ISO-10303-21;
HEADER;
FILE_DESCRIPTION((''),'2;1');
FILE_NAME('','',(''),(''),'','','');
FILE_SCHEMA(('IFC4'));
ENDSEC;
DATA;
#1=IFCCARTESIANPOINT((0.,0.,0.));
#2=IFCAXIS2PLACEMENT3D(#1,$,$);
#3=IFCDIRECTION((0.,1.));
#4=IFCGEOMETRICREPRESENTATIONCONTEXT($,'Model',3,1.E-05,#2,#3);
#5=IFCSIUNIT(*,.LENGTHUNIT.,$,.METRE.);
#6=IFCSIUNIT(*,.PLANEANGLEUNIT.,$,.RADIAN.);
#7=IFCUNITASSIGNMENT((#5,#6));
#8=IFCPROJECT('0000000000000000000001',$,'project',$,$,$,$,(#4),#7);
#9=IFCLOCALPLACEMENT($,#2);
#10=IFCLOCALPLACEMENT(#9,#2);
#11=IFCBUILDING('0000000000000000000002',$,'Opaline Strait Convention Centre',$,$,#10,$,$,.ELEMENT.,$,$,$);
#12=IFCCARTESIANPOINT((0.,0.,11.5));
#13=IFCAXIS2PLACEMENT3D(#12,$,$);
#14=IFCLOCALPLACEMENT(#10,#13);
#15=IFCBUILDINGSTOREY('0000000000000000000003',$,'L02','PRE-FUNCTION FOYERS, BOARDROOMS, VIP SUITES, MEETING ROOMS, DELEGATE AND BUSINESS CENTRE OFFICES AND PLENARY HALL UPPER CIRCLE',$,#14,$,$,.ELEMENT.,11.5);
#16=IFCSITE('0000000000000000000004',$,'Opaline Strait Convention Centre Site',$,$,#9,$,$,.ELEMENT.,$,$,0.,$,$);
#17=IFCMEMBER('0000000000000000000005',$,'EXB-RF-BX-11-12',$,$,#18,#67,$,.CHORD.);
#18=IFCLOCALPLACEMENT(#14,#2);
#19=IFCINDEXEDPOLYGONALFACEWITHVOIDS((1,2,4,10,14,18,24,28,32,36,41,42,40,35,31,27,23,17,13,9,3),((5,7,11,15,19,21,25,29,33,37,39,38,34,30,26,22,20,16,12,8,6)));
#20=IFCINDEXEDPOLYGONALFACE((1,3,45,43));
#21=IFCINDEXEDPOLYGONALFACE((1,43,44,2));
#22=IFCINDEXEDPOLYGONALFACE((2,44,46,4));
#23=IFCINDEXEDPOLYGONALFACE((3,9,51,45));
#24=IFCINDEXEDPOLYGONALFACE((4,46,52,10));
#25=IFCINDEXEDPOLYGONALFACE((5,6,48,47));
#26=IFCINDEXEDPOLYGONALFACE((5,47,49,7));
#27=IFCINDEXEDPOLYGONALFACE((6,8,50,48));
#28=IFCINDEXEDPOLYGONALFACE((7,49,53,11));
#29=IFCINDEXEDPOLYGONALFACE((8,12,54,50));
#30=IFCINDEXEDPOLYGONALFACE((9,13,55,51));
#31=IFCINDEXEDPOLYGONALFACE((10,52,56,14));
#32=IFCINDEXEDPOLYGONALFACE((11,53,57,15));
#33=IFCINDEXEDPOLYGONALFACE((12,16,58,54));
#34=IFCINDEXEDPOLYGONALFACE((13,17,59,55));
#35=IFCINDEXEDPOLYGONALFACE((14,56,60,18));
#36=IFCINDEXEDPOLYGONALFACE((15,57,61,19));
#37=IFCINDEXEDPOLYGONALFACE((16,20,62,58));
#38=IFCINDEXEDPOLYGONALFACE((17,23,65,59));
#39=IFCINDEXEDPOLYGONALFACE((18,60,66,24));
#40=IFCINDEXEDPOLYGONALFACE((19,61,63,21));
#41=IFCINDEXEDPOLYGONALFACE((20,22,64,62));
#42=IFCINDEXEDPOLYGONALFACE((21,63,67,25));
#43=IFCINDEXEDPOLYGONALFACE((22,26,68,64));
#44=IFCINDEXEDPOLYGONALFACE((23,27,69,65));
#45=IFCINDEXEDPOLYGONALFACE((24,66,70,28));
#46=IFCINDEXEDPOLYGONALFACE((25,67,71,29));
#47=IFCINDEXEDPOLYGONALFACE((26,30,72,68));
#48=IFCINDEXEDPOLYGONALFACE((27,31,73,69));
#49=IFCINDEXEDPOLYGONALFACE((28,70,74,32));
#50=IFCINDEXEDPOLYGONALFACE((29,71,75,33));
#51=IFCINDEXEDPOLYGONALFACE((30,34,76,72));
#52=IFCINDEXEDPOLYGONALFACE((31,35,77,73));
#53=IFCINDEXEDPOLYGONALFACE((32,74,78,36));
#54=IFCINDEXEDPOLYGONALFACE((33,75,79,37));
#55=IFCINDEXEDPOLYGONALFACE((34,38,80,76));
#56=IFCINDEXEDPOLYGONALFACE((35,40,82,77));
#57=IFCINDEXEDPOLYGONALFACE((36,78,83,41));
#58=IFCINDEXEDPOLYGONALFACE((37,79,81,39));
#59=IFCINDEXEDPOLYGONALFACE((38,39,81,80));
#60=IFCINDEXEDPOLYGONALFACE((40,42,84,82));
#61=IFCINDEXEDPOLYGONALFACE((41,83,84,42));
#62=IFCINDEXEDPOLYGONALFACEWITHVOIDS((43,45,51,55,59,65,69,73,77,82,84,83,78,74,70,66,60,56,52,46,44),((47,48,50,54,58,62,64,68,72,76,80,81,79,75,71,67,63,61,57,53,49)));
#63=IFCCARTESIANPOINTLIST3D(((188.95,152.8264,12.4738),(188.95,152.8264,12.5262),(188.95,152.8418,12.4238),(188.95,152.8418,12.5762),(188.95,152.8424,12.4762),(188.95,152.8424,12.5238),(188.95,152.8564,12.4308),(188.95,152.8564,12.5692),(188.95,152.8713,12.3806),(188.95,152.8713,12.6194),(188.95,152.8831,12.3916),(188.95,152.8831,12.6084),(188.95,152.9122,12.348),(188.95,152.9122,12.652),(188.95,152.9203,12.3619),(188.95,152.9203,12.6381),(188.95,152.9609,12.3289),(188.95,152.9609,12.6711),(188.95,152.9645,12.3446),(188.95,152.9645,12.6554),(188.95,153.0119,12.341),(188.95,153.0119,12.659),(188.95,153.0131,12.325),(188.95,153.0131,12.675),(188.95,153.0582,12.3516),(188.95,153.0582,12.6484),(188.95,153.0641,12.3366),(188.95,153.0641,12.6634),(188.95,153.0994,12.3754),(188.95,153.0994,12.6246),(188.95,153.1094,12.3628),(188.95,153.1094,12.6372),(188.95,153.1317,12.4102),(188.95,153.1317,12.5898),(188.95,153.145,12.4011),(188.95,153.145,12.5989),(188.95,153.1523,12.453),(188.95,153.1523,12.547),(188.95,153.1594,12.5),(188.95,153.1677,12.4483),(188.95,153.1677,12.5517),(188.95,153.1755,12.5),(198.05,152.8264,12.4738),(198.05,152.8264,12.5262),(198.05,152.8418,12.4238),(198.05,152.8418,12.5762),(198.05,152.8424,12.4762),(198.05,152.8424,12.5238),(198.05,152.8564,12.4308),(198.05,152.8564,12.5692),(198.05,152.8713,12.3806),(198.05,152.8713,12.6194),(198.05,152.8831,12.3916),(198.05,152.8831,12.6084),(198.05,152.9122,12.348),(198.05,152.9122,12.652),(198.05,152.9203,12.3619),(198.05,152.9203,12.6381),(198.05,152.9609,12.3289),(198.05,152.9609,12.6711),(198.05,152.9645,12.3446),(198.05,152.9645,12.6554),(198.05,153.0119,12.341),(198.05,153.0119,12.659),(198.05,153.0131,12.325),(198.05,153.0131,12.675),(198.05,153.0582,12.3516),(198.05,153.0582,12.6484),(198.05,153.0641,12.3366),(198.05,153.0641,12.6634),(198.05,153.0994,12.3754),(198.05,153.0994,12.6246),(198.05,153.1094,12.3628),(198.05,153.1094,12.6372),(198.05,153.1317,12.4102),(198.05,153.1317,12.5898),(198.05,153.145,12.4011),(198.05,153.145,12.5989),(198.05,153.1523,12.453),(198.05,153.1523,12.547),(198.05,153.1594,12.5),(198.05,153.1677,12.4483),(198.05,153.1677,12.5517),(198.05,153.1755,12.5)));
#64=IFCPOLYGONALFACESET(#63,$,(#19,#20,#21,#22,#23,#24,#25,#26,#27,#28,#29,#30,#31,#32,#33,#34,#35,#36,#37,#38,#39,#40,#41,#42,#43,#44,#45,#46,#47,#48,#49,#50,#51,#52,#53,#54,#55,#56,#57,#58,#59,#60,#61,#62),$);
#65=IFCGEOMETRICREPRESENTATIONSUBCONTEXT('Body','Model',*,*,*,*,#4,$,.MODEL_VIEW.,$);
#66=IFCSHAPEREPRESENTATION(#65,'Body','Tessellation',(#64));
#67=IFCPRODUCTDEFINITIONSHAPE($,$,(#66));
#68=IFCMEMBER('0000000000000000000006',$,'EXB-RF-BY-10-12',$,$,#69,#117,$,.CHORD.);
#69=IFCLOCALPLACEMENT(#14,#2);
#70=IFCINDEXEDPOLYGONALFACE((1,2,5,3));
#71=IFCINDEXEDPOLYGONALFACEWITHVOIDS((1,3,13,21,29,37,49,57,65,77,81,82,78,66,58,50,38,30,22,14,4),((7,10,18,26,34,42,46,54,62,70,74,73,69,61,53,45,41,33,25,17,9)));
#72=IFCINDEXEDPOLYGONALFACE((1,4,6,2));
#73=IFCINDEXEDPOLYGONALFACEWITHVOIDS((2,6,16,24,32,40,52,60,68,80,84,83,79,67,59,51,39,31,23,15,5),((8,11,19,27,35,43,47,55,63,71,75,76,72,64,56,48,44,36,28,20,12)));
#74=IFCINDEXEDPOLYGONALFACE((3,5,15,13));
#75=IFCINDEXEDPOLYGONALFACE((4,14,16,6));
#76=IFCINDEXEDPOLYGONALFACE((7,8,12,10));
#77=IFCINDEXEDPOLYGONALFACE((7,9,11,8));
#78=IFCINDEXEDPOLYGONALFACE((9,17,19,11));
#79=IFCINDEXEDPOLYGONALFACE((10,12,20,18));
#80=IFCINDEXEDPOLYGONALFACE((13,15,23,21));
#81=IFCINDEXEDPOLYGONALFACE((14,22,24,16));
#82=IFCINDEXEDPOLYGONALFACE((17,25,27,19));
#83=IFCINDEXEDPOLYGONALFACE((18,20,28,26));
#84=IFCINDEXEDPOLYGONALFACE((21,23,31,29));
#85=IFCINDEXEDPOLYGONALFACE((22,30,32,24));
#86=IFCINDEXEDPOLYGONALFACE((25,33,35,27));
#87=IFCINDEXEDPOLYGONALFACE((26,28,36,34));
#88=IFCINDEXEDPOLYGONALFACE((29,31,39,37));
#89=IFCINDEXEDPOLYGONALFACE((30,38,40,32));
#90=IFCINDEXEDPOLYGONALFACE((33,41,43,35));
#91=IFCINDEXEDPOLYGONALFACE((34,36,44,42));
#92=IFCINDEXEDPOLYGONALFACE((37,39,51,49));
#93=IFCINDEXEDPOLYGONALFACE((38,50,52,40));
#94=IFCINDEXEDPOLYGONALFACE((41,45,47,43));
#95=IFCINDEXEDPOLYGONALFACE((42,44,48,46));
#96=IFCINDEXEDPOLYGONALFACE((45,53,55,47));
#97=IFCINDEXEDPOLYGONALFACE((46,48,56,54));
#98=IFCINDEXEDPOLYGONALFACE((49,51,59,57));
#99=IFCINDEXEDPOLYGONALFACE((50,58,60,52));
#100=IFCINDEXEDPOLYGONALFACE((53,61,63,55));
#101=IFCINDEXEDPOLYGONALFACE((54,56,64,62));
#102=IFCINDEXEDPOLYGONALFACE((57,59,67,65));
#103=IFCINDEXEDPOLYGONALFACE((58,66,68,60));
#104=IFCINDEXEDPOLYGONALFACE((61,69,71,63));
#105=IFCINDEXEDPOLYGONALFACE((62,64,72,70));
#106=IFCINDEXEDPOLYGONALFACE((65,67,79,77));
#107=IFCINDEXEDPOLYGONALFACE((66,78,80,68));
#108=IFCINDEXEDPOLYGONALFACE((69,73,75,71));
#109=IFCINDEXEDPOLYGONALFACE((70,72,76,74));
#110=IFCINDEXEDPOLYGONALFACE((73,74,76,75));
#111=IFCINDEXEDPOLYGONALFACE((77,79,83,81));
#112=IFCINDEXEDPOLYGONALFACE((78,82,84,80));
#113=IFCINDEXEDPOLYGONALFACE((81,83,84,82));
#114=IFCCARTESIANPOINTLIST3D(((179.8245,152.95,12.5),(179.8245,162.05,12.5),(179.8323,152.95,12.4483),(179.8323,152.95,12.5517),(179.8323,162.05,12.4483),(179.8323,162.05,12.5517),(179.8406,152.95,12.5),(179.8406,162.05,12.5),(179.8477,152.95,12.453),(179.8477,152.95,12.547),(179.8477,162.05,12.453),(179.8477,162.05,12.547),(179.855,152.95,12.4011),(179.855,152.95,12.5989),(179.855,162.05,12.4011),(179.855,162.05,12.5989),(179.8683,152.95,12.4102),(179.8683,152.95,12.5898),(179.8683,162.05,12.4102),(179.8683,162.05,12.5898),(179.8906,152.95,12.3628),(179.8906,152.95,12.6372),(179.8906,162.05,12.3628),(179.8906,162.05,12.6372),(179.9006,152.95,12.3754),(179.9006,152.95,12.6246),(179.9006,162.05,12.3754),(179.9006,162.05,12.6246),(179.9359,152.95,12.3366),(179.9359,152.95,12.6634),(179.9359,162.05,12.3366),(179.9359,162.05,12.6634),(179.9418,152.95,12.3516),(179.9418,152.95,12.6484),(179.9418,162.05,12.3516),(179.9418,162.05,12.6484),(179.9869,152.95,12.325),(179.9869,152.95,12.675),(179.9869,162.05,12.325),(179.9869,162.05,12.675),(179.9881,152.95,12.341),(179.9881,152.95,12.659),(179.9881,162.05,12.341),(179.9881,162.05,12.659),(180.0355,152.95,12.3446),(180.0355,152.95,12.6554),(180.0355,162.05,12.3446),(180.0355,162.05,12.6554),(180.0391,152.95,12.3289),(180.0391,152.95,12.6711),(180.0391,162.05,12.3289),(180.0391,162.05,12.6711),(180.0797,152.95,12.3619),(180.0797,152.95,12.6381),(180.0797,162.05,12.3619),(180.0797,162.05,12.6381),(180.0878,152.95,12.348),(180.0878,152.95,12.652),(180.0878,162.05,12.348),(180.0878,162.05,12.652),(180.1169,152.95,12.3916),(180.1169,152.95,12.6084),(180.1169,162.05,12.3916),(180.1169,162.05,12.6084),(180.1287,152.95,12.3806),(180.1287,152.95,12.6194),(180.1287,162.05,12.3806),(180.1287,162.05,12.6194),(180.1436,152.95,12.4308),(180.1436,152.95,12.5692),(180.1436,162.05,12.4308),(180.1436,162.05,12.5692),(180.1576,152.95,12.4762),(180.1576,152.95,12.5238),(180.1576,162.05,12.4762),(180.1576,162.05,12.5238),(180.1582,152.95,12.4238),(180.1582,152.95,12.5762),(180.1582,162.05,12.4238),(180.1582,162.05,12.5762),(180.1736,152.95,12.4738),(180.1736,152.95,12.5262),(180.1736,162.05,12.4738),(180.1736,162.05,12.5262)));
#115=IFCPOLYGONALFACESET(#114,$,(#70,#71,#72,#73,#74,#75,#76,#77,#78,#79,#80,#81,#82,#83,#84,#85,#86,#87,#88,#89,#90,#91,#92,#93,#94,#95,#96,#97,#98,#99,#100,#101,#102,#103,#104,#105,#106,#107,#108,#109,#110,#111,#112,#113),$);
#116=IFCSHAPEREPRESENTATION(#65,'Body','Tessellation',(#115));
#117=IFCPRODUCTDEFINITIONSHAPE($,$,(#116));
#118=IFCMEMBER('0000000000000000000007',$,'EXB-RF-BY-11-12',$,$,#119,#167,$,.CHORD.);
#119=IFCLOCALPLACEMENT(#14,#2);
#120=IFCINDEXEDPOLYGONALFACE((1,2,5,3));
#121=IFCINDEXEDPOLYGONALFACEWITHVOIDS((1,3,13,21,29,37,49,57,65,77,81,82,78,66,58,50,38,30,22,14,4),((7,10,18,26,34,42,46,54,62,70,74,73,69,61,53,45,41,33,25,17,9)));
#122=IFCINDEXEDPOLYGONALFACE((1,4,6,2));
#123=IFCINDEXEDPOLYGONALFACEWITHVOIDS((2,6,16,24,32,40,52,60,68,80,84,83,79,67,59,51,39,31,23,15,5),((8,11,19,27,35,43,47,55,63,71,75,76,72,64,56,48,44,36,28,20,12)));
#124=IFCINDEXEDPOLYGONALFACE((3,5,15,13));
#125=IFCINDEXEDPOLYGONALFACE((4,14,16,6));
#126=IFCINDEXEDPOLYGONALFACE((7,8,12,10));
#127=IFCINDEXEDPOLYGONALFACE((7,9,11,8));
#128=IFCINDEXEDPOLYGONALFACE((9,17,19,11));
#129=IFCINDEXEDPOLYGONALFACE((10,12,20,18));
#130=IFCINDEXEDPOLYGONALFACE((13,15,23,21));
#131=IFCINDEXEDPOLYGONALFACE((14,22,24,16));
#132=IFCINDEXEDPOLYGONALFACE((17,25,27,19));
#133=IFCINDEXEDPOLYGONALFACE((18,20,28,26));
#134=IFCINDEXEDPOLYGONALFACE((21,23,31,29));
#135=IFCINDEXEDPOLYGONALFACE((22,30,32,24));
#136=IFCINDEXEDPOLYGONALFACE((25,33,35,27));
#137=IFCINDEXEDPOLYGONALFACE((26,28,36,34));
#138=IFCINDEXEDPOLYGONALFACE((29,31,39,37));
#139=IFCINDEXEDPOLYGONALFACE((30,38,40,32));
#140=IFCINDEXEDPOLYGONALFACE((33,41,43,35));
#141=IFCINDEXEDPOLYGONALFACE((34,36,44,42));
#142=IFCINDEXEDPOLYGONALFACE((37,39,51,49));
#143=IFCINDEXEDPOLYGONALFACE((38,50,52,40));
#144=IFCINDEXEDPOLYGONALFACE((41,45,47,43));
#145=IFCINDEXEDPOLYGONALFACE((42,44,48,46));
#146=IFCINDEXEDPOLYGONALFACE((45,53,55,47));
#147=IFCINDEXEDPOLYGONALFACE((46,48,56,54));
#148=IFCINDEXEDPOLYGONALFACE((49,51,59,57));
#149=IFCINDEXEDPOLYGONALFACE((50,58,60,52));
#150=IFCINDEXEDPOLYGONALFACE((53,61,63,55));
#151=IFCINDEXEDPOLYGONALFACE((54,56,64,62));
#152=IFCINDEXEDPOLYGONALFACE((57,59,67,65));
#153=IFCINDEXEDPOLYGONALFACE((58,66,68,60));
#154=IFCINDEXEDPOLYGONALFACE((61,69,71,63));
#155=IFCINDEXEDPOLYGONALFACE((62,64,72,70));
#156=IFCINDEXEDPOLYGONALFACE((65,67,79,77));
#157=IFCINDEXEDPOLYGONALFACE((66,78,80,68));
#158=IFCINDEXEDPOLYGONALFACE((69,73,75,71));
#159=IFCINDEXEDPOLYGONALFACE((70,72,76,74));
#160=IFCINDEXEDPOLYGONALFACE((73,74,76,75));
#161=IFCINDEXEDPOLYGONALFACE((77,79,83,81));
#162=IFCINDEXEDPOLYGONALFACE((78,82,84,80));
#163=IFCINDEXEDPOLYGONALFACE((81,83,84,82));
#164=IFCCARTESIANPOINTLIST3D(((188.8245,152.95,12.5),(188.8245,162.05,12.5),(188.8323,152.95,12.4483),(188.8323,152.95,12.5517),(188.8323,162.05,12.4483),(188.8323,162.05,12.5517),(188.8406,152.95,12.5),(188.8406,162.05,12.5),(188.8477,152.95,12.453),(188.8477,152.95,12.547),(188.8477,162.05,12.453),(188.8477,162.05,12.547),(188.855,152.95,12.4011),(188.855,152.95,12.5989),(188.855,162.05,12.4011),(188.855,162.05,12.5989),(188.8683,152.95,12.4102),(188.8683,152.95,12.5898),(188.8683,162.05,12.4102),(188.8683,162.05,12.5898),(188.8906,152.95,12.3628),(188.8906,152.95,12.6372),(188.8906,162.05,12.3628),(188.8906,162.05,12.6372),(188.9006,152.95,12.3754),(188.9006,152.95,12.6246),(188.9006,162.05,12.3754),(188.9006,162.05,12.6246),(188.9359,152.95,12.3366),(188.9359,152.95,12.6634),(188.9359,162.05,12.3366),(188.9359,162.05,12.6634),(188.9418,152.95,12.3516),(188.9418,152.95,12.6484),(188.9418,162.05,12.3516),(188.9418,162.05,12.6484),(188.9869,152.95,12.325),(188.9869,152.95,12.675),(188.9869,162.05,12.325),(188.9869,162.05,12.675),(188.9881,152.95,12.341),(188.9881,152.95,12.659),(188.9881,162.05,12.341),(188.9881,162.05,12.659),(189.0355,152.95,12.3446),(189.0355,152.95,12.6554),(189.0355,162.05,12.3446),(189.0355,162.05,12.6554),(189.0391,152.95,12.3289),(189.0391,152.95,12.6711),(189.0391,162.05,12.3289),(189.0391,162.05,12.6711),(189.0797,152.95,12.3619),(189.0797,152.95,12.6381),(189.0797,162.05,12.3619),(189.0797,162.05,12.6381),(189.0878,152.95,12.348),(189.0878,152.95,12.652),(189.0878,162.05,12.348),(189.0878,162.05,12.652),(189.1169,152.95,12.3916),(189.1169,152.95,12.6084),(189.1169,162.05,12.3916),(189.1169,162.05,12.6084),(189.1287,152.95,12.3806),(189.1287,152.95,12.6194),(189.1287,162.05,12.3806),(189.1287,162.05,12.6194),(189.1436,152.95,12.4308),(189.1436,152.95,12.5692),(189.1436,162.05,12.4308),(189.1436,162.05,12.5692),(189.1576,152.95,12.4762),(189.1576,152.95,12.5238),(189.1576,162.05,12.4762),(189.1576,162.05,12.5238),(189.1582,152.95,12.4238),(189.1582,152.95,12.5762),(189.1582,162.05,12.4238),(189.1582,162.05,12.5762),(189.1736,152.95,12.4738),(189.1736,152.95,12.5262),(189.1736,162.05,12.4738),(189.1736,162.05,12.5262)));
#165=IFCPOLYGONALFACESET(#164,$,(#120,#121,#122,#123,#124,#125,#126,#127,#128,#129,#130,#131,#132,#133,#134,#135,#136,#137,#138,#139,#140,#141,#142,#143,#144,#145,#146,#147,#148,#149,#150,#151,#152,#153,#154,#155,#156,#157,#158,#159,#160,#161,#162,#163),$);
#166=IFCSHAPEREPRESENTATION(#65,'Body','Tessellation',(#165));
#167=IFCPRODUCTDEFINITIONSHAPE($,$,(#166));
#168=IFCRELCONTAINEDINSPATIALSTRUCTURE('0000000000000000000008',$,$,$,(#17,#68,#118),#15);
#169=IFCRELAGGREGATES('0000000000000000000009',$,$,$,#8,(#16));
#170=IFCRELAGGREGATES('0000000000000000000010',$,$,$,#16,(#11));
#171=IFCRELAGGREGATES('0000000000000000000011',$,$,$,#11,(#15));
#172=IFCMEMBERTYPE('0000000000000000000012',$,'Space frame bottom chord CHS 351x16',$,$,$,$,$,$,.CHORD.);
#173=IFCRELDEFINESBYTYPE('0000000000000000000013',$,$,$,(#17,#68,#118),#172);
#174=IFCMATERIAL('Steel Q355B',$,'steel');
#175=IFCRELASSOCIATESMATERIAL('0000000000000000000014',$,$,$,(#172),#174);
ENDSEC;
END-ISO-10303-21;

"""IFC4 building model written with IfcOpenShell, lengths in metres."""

from ifc_helpers import new_model, si_unit, direction, frame, origin, origin_2d, place, context, subcontext, project, spatial, hollow_circle, extrude, material, material_profile, profile_set, type_object, element, save


model = new_model("IFC4")

# Units and contexts
model_context = context("Model", 3, precision=1e-05, world=origin(), true_north=direction((0.0, 1.0)))
body_context = subcontext(model_context, "Body", "Model", "MODEL_VIEW")
ifc_project = project(units=[si_unit("LENGTHUNIT", "METRE"), si_unit("PLANEANGLEUNIT", "RADIAN")], contexts=[model_context])

# Site, building, storey
site_placement = place(None, origin())
site = spatial("IfcSite", under=ifc_project, at=site_placement, Name="Opaline Strait Convention Centre Site", CompositionType="ELEMENT", RefElevation=0.0)
building_placement = place(site_placement, origin())
building = spatial("IfcBuilding", under=site, at=building_placement, Name="Opaline Strait Convention Centre", CompositionType="ELEMENT")
storey_placement = place(building_placement, frame((0.0, 0.0, 11.5)))
storey = spatial("IfcBuildingStorey", under=building, at=storey_placement, Name="L02", Description="PRE-FUNCTION FOYERS, BOARDROOMS, VIP SUITES, MEETING ROOMS, DELEGATE AND BUSINESS CENTRE OFFICES AND PLENARY HALL UPPER CIRCLE", CompositionType="ELEMENT", Elevation=11.5)

# Shared definitions
ifc_material_1 = material(Name="Steel Q355B", Category="steel")

# Members
ifc_material_profile_1 = material_profile(ifc_material_1, hollow_circle(Radius=0.1755, WallThickness=0.0161, at=origin_2d()), Name="CHS 351x16")
ifc_profile_set_1 = profile_set([ifc_material_profile_1], Name="Steel Q355B")
member_type_1 = type_object("IfcMemberType", Name="Space frame bottom chord CHS 351x16", PredefinedType="CHORD", material=ifc_profile_set_1)
for number, where, z_axis, x_axis, name in (
    (1, (188.95, 153.0, 12.5), (1.0, 0.0, 0.0), (0.0, 1.0, 0.0), "EXB-RF-BX-11-12"),
    (2, (180.0, 152.95, 12.5), (0.0, 1.0, 0.0), (-1.0, 0.0, 0.0), "EXB-RF-BY-10-12"),
    (3, (189.0, 152.95, 12.5), (0.0, 1.0, 0.0), (-1.0, 0.0, 0.0), "EXB-RF-BY-11-12"),
):
    element("IfcMember", number, at=place(storey_placement, frame(where, z_axis=z_axis, x_axis=x_axis)), inside=storey, type_object=member_type_1, Name=name, PredefinedType="CHORD", context=body_context, shape_type="SweptSolid", body=[
        extrude(hollow_circle(Radius=0.1755, WallThickness=0.0161, at=origin_2d()), origin(), (0.0, 0.0, 1.0), 9.1001),
    ])

save(model, "model.ifc")
